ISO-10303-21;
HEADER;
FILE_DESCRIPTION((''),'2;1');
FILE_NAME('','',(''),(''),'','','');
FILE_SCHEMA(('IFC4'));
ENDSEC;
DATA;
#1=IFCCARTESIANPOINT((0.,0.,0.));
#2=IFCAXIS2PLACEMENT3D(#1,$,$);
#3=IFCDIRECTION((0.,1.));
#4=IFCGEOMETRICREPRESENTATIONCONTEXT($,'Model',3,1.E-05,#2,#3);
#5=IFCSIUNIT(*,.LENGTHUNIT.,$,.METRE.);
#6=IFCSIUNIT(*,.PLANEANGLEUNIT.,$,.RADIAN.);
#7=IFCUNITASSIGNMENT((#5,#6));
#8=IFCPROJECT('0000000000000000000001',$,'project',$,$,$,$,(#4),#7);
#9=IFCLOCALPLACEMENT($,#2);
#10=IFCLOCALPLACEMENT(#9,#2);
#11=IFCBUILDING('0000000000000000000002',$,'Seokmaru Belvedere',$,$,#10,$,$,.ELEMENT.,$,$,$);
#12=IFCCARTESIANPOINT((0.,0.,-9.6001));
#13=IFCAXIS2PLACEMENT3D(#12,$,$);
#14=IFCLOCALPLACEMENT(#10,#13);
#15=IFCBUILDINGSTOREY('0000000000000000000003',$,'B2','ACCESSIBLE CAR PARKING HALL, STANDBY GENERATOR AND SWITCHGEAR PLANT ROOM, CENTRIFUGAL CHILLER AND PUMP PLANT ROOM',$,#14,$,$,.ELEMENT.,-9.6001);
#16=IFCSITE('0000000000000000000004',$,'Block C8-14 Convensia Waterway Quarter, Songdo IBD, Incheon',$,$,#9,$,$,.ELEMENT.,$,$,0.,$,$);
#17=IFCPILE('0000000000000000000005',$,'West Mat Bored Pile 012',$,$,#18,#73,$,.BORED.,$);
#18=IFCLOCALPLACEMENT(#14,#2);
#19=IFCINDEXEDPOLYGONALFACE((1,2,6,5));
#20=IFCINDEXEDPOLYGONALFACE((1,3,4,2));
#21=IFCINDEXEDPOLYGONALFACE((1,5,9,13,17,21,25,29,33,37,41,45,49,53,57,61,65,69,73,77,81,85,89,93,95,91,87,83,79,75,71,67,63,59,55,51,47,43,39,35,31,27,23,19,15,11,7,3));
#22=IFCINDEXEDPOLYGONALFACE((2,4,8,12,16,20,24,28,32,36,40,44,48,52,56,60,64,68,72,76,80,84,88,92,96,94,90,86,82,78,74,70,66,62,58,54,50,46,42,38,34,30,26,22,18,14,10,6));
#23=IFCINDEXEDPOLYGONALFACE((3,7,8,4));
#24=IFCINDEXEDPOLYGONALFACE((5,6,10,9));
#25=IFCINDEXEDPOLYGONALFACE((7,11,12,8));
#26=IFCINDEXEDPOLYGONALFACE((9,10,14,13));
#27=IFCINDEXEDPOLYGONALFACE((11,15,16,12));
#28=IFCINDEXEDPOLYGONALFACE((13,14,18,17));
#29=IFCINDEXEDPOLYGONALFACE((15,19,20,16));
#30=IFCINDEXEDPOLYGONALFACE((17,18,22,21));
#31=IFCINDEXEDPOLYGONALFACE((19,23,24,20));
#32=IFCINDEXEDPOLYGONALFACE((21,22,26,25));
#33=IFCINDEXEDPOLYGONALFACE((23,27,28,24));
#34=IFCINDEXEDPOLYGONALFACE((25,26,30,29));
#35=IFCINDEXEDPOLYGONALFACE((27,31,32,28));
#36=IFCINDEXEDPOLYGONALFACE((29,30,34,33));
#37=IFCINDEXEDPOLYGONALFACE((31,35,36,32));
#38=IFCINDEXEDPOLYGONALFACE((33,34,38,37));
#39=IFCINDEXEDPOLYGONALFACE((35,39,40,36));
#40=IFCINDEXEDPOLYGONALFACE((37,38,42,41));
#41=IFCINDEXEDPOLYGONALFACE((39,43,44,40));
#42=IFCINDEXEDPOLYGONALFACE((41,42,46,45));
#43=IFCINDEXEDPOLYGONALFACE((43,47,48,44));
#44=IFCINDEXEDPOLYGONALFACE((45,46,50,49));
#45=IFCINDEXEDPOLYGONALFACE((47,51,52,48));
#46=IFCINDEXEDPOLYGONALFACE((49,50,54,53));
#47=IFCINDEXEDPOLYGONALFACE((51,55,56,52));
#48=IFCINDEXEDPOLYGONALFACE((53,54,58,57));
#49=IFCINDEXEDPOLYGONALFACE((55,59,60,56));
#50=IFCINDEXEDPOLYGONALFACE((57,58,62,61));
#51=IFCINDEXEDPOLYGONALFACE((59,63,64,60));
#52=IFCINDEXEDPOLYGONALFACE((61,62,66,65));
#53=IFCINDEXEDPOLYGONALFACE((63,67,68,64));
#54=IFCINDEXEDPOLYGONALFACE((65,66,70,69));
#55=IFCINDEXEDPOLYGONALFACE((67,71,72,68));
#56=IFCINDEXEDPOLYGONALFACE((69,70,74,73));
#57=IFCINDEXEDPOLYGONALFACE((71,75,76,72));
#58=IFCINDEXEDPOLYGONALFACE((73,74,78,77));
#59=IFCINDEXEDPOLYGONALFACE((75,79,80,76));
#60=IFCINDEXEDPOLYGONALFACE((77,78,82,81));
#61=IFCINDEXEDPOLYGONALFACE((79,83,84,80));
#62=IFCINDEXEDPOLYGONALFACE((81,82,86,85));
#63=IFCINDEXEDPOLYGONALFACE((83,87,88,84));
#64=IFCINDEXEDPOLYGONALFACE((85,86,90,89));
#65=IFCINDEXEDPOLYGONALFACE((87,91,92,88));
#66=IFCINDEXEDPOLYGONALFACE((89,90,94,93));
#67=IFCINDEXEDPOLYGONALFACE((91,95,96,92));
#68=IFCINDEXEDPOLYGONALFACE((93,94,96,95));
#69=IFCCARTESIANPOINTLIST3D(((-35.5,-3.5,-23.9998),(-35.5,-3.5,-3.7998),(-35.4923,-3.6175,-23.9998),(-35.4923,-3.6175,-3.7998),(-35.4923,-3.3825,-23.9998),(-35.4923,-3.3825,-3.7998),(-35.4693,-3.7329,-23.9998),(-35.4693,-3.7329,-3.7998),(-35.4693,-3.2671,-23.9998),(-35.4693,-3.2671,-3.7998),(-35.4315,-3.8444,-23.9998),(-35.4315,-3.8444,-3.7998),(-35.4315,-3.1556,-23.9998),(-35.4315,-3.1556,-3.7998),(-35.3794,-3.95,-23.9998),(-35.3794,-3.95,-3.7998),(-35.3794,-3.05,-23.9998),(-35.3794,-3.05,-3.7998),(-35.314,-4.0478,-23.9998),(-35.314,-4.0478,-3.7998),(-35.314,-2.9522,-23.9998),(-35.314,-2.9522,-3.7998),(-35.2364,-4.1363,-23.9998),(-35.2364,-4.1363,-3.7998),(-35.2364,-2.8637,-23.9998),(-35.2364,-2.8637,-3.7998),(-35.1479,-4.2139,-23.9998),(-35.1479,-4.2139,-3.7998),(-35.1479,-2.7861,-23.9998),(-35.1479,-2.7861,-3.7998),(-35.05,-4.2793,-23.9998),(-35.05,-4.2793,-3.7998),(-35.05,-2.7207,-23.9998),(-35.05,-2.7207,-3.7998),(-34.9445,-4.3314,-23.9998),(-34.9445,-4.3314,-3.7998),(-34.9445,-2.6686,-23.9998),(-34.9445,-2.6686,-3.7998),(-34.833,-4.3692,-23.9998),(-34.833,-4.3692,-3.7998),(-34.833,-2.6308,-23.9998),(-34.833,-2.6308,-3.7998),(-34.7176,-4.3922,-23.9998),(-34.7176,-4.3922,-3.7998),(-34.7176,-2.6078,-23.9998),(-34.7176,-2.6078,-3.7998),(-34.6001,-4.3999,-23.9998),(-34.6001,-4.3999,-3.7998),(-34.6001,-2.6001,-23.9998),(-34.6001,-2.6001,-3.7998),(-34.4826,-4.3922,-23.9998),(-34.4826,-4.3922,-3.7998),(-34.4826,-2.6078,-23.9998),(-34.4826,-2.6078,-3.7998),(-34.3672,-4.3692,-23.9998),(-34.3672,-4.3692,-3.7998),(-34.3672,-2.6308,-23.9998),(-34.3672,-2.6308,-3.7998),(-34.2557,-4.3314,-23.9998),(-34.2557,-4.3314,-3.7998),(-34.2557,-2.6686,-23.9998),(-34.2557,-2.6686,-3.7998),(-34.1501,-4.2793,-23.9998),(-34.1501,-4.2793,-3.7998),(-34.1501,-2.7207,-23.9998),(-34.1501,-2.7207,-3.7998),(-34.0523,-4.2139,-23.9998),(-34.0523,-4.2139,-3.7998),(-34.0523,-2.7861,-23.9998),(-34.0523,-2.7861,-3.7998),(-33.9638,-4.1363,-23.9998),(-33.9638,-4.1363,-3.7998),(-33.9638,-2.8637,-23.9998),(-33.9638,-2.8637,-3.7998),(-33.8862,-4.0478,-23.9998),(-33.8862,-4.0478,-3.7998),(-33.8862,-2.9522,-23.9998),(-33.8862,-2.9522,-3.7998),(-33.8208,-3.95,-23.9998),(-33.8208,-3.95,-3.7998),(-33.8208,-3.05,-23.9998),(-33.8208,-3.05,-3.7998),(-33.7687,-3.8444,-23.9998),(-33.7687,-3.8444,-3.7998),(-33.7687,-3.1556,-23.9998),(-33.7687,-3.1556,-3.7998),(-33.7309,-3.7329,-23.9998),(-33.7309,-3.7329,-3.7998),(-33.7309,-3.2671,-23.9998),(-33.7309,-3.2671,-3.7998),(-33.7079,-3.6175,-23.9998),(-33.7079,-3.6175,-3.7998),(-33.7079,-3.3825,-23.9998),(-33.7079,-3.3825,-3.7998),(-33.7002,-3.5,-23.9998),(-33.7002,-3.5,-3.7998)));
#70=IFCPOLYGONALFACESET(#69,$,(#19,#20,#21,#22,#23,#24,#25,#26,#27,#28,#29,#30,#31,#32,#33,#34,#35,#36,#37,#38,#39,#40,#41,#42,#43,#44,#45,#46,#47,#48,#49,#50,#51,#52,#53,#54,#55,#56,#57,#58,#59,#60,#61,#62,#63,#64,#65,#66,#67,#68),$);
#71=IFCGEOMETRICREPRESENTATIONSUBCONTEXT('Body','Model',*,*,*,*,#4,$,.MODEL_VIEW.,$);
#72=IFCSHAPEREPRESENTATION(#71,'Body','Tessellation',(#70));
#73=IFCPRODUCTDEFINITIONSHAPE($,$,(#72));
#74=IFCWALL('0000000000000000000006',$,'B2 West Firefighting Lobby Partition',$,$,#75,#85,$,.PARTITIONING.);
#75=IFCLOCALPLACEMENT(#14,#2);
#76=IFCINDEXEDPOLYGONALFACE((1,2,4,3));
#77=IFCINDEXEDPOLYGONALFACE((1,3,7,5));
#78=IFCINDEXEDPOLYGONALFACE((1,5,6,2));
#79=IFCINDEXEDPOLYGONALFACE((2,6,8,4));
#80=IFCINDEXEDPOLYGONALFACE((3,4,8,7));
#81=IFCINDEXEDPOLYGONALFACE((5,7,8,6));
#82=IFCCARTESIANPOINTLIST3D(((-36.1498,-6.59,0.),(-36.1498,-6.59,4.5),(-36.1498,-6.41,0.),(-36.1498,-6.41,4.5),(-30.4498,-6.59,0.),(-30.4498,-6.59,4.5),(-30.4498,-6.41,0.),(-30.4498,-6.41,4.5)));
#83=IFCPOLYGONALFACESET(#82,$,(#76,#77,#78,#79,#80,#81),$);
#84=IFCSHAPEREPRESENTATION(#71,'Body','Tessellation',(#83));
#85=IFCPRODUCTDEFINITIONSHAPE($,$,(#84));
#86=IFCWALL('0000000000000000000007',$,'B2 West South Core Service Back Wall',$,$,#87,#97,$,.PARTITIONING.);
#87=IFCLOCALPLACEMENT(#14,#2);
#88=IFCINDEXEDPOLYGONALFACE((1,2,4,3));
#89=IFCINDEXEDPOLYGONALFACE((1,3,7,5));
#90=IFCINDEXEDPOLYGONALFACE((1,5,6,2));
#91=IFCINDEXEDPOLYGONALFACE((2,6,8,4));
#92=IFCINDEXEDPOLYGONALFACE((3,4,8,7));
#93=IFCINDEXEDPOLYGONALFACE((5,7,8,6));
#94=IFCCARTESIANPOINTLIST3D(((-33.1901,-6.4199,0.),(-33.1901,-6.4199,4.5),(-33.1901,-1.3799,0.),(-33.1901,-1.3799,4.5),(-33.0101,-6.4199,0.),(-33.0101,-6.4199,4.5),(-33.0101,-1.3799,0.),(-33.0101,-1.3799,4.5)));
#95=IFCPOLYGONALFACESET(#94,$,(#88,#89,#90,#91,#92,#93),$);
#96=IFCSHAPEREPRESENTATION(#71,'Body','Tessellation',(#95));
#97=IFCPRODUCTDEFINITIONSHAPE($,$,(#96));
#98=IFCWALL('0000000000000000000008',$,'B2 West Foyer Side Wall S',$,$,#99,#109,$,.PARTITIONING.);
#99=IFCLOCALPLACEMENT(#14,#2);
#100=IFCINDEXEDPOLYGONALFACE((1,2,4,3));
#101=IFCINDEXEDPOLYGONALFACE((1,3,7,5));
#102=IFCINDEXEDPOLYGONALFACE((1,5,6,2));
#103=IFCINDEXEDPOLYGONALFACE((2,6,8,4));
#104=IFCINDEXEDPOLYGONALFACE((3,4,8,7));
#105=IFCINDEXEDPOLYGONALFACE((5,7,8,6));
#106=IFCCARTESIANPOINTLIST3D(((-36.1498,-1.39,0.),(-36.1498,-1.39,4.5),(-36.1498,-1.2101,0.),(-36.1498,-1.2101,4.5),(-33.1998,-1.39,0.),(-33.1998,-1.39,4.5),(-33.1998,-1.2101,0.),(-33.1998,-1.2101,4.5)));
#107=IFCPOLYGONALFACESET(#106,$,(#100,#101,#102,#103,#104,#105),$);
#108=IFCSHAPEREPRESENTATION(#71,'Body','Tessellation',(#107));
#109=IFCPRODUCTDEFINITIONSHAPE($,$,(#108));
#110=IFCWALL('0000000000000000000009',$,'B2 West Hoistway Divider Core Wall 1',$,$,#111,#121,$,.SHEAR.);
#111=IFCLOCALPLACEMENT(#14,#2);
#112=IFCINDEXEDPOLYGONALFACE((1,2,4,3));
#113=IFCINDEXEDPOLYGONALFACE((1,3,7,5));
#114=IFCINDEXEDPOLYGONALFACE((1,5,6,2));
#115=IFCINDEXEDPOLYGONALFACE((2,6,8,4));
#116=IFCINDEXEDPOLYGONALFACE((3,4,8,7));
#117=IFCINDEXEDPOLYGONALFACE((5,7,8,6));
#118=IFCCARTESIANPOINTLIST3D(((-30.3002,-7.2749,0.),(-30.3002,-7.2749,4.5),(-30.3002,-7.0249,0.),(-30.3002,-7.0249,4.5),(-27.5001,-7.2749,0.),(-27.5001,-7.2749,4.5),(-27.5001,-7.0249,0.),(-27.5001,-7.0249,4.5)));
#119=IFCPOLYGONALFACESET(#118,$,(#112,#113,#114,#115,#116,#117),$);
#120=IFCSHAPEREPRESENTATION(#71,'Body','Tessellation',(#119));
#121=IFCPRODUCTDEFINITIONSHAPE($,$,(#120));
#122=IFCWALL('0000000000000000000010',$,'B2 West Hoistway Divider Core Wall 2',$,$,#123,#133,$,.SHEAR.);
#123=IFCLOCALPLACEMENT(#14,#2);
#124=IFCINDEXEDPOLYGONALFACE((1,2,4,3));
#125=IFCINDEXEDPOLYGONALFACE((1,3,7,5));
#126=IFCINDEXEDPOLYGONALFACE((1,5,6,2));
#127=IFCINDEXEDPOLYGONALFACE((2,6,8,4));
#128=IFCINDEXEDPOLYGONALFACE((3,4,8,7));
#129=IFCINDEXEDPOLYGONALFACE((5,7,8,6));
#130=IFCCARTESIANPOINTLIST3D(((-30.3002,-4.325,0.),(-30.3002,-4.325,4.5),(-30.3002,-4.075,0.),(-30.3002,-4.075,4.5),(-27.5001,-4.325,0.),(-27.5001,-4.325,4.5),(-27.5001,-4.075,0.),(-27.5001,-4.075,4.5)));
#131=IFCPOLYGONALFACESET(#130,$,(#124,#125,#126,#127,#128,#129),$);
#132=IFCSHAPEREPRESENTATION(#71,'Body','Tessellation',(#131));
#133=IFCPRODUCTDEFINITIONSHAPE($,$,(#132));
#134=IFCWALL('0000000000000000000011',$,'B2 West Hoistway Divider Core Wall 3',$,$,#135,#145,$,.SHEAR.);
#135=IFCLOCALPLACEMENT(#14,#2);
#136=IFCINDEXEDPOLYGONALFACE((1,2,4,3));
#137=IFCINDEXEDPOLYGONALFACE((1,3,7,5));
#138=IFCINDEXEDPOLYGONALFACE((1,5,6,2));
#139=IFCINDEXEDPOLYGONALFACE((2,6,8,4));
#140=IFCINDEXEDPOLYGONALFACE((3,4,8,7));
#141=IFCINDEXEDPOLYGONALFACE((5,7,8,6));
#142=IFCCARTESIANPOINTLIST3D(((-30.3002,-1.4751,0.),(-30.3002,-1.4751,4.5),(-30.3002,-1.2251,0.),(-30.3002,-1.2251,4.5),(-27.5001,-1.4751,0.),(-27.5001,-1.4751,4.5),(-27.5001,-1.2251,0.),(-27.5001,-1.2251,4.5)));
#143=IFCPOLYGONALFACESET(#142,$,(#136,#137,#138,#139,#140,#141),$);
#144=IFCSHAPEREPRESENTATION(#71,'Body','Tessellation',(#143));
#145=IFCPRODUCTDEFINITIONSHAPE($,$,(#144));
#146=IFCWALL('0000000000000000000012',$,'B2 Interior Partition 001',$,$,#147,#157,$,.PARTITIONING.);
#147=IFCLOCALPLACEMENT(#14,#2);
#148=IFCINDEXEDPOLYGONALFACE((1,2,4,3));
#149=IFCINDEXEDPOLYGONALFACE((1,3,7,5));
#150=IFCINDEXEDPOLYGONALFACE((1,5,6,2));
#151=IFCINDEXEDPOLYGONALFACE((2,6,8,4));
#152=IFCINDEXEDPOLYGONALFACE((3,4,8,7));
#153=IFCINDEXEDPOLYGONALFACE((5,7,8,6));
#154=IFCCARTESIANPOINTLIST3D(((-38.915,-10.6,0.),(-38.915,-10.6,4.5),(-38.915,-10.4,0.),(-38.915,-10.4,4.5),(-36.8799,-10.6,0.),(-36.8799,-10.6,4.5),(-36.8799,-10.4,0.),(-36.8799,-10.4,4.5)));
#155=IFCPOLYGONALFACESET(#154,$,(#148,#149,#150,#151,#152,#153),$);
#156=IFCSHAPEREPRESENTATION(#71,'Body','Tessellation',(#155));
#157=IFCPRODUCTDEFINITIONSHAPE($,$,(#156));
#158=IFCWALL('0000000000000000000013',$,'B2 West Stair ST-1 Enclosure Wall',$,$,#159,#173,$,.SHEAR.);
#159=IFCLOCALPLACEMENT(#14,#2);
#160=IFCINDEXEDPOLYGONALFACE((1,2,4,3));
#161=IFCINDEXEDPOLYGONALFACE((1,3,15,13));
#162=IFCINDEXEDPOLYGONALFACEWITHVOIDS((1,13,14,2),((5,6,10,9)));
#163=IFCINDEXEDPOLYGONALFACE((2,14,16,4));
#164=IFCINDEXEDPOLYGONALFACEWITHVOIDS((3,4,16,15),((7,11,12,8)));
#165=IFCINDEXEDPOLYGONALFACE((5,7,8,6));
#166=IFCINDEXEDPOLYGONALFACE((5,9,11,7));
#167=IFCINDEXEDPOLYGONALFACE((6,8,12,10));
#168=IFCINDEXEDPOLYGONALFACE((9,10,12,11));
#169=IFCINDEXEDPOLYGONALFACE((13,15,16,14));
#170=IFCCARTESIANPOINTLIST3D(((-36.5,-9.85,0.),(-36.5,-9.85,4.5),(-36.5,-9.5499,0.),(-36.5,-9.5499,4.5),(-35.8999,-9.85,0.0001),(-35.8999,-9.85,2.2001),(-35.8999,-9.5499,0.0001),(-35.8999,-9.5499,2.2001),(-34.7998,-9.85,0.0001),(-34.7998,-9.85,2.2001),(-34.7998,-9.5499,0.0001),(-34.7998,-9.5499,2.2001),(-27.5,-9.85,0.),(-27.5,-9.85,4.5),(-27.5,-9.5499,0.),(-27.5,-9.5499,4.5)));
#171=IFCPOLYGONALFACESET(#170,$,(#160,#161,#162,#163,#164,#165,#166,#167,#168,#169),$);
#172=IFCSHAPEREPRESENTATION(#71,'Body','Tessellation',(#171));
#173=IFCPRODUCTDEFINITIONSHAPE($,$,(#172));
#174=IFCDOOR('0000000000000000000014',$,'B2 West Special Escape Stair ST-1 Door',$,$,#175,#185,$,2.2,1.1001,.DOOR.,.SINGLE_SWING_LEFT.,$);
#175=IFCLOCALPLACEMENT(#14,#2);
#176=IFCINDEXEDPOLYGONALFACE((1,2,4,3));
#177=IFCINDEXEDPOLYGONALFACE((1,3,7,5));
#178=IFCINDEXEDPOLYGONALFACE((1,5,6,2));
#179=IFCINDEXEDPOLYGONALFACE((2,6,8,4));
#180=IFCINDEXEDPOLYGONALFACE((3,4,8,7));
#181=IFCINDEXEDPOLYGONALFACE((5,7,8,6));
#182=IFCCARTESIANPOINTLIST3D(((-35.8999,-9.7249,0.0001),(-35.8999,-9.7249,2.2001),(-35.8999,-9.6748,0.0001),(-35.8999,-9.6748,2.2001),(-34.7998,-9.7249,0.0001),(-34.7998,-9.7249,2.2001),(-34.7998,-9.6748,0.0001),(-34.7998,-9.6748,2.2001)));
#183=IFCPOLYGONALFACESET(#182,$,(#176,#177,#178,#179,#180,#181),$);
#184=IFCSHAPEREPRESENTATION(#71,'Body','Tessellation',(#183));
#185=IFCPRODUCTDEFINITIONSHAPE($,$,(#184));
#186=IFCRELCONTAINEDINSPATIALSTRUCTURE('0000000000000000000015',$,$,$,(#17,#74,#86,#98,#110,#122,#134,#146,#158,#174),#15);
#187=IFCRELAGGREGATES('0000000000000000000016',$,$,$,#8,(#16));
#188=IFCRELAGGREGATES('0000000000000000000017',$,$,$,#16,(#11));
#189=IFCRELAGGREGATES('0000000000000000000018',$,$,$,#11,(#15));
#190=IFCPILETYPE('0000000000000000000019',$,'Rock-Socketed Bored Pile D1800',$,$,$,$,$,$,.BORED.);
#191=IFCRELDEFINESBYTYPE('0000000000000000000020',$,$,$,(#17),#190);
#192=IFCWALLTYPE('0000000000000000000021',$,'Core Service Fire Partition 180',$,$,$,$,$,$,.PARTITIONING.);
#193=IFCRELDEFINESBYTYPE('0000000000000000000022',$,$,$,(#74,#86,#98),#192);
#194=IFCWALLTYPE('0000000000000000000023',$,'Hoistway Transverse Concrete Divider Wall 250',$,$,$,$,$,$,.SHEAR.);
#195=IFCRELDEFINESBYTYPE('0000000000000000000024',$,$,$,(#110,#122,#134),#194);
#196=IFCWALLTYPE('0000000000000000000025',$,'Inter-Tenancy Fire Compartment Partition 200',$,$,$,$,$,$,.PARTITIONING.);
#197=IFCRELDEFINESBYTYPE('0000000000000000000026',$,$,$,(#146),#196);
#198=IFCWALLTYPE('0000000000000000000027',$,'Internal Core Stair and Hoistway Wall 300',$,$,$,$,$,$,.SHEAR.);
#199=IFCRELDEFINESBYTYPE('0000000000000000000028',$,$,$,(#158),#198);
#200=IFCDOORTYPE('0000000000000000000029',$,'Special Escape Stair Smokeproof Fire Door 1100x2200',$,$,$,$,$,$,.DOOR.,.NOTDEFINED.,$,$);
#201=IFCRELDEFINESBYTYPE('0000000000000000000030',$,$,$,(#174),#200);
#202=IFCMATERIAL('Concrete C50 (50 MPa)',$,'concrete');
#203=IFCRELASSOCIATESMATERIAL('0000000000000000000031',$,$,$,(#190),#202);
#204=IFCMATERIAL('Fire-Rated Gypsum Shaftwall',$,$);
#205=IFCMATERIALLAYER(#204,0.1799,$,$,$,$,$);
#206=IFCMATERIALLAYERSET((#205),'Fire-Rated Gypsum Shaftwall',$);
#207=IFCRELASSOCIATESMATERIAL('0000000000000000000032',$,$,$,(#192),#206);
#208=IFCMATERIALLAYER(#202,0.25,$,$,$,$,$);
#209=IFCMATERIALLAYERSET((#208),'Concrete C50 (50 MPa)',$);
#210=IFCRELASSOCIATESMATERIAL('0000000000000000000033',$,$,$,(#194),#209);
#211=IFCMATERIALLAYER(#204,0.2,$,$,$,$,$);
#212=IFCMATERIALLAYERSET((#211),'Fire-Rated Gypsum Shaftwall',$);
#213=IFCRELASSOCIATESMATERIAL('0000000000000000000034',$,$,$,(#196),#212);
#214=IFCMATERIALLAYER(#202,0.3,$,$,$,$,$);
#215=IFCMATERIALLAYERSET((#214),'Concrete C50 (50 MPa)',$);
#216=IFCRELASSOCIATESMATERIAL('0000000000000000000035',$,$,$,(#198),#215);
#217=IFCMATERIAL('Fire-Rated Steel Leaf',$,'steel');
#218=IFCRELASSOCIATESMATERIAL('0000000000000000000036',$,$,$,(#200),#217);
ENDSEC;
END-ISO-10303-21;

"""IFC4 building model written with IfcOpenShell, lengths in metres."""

from ifc_helpers import new_model, si_unit, direction, frame, frame_2d, origin, origin_2d, place, context, subcontext, project, spatial, rectangle, circle, extrude, source, transform, mapped, material, layer, layer_set, material_profile, profile_set, type_object, type_shapes, element, fill, save


model = new_model("IFC4")

# Units and contexts
model_context = context("Model", 3, precision=1e-05, world=origin(), true_north=direction((0.0, 1.0)))
body_context = subcontext(model_context, "Body", "Model", "MODEL_VIEW")
ifc_project = project(units=[si_unit("LENGTHUNIT", "METRE"), si_unit("PLANEANGLEUNIT", "RADIAN")], contexts=[model_context])

# Site, building, storey
site_placement = place(None, origin())
site = spatial("IfcSite", under=ifc_project, at=site_placement, Name="Block C8-14 Convensia Waterway Quarter, Songdo IBD, Incheon", CompositionType="ELEMENT", RefElevation=0.0)
building_placement = place(site_placement, origin())
building = spatial("IfcBuilding", under=site, at=building_placement, Name="Seokmaru Belvedere", CompositionType="ELEMENT")
storey_placement = place(building_placement, frame((0.0, 0.0, -9.6001)))
storey = spatial("IfcBuildingStorey", under=building, at=storey_placement, Name="B2", Description="ACCESSIBLE CAR PARKING HALL, STANDBY GENERATOR AND SWITCHGEAR PLANT ROOM, CENTRIFUGAL CHILLER AND PUMP PLANT ROOM", CompositionType="ELEMENT", Elevation=-9.6001)

# Pile
ifc_material_1 = material(Name="Concrete C50 (50 MPa)", Category="concrete")
ifc_material_profile_1 = material_profile(ifc_material_1, circle(Radius=0.8999, at=origin_2d()), Name="PILE-D1800")
ifc_profile_set_1 = profile_set([ifc_material_profile_1], Name="Concrete C50 (50 MPa)")
pile_type_1 = type_object("IfcPileType", Name="Rock-Socketed Bored Pile D1800", PredefinedType="BORED", material=ifc_profile_set_1)
shared_shape_1 = source(origin(), body_context, "Body", "SweptSolid", [
    extrude(circle(Radius=0.8999, at=origin_2d()), origin(), (0.0, 0.0, 1.0), 20.2),
])
type_shapes(pile_type_1, [shared_shape_1])
for number, where, z_axis, x_axis, name in (
    (1, (-34.6001, -3.5, -3.7998), (0.0, 0.0, -1.0), (1.0, 0.0, 0.0), "West Mat Bored Pile 012"),
):
    element("IfcPile", number, at=place(storey_placement, frame(where, z_axis=z_axis, x_axis=x_axis)), inside=storey, type_object=pile_type_1, Name=name, PredefinedType="BORED", context=body_context, shape_type="MappedRepresentation", body=[
        mapped(shared_shape_1, transform((0.0, 0.0, 0.0), scale=1.0)),
    ])

# Walls
ifc_material_2 = material(Name="Fire-Rated Gypsum Shaftwall")
ifc_layer_1 = layer(ifc_material_2, 0.1799)
ifc_layer_set_1 = layer_set([ifc_layer_1], Name="Fire-Rated Gypsum Shaftwall")
wall_type_1 = type_object("IfcWallType", Name="Core Service Fire Partition 180", PredefinedType="PARTITIONING", material=ifc_layer_set_1)
wall_1_placement = place(storey_placement, frame((-36.1499, -6.5, 0.0), z_axis=(0.0, 0.0, 1.0), x_axis=(1.0, 0.0, 0.0)))
element("IfcWall", 2, at=wall_1_placement, inside=storey, type_object=wall_type_1, Name="B2 West Firefighting Lobby Partition", PredefinedType="PARTITIONING", context=body_context, shape_type="SweptSolid", body=[
    extrude(rectangle(XDim=5.7, YDim=0.1799, at=frame_2d((2.8501, 0.0))), origin(), (0.0, 0.0, 1.0), 4.5),
])
wall_2_placement = place(storey_placement, frame((-33.1001, -6.4199, 0.0), z_axis=(0.0, 0.0, 1.0), x_axis=(0.0, 1.0, 0.0)))
element("IfcWall", 3, at=wall_2_placement, inside=storey, type_object=wall_type_1, Name="B2 West South Core Service Back Wall", PredefinedType="PARTITIONING", context=body_context, shape_type="SweptSolid", body=[
    extrude(rectangle(XDim=5.04, YDim=0.1799, at=frame_2d((2.52, 0.0))), origin(), (0.0, 0.0, 1.0), 4.5),
])
wall_3_placement = place(storey_placement, frame((-36.1499, -1.3, 0.0), z_axis=(0.0, 0.0, 1.0), x_axis=(1.0, 0.0, 0.0)))
element("IfcWall", 4, at=wall_3_placement, inside=storey, type_object=wall_type_1, Name="B2 West Foyer Side Wall S", PredefinedType="PARTITIONING", context=body_context, shape_type="SweptSolid", body=[
    extrude(rectangle(XDim=2.95, YDim=0.1799, at=frame_2d((1.4751, 0.0))), origin(), (0.0, 0.0, 1.0), 4.5),
])
ifc_layer_2 = layer(ifc_material_1, 0.25)
ifc_layer_set_2 = layer_set([ifc_layer_2], Name="Concrete C50 (50 MPa)")
wall_type_2 = type_object("IfcWallType", Name="Hoistway Transverse Concrete Divider Wall 250", PredefinedType="SHEAR", material=ifc_layer_set_2)
for number, where, z_axis, x_axis, name in (
    (5, (-30.3, -7.1499, 0.0), (0.0, 0.0, 1.0), (1.0, 0.0, 0.0), "B2 West Hoistway Divider Core Wall 1"),
    (6, (-30.3, -4.2, 0.0), (0.0, 0.0, 1.0), (1.0, 0.0, 0.0), "B2 West Hoistway Divider Core Wall 2"),
    (7, (-30.3, -1.3501, 0.0), (0.0, 0.0, 1.0), (1.0, 0.0, 0.0), "B2 West Hoistway Divider Core Wall 3"),
):
    element("IfcWall", number, at=place(storey_placement, frame(where, z_axis=z_axis, x_axis=x_axis)), inside=storey, type_object=wall_type_2, Name=name, PredefinedType="SHEAR", context=body_context, shape_type="SweptSolid", body=[
        extrude(rectangle(XDim=2.8, YDim=0.25, at=frame_2d((1.3999, 0.0))), origin(), (0.0, 0.0, 1.0), 4.5),
    ])
ifc_layer_3 = layer(ifc_material_2, 0.2)
ifc_layer_set_3 = layer_set([ifc_layer_3], Name="Fire-Rated Gypsum Shaftwall")
wall_type_3 = type_object("IfcWallType", Name="Inter-Tenancy Fire Compartment Partition 200", PredefinedType="PARTITIONING", material=ifc_layer_set_3)
wall_4_placement = place(storey_placement, frame((-38.915, -10.5, 0.0), z_axis=(0.0, 0.0, 1.0), x_axis=(1.0, 0.0, 0.0)))
element("IfcWall", 8, at=wall_4_placement, inside=storey, type_object=wall_type_3, Name="B2 Interior Partition 001", PredefinedType="PARTITIONING", context=body_context, shape_type="SweptSolid", body=[
    extrude(rectangle(XDim=2.0352, YDim=0.2, at=frame_2d((1.0176, 0.0))), origin(), (0.0, 0.0, 1.0), 4.5),
])

# Wall, opening, door
ifc_layer_4 = layer(ifc_material_1, 0.3)
ifc_layer_set_4 = layer_set([ifc_layer_4], Name="Concrete C50 (50 MPa)")
wall_type_4 = type_object("IfcWallType", Name="Internal Core Stair and Hoistway Wall 300", PredefinedType="SHEAR", material=ifc_layer_set_4)
wall_5_placement = place(storey_placement, frame((-36.5, -9.7, 0.0), z_axis=(0.0, 0.0, 1.0), x_axis=(1.0, 0.0, 0.0)))
wall_5 = element("IfcWall", 9, at=wall_5_placement, inside=storey, type_object=wall_type_4, Name="B2 West Stair ST-1 Enclosure Wall", PredefinedType="SHEAR", context=body_context, shape_type="SweptSolid", body=[
    extrude(rectangle(XDim=9.0, YDim=0.3, at=frame_2d((4.5, 0.0))), origin(), (0.0, 0.0, 1.0), 4.5),
])
opening_1_placement = place(wall_5_placement, frame((0.6001, 0.0, 0.0)))
opening_1 = element("IfcOpeningElement", 10, at=opening_1_placement, cuts=wall_5, PredefinedType="OPENING", context=body_context, shape_type="SweptSolid", body=[
    extrude(rectangle(XDim=1.1001, YDim=2.2, at=frame_2d((0.55, 1.1001))), frame((0.0, 0.1602, 0.0), z_axis=(0.0, -1.0, 0.0), x_axis=(1.0, 0.0, 0.0)), (0.0, 0.0, 1.0), 0.3201),
])
ifc_material_3 = material(Name="Fire-Rated Steel Leaf", Category="steel")
door_type_1 = type_object("IfcDoorType", Name="Special Escape Stair Smokeproof Fire Door 1100x2200", OperationType="NOTDEFINED", PredefinedType="DOOR", material=ifc_material_3)
shared_shape_2 = source(origin(), body_context, "Body", "SweptSolid", [
    extrude(rectangle(XDim=1.1001, YDim=2.2, at=frame_2d((0.55, 1.1001))), frame((0.0, 0.0249, 0.0), z_axis=(0.0, -1.0, 0.0), x_axis=(1.0, 0.0, 0.0)), (0.0, 0.0, 1.0), 0.05),
])
type_shapes(door_type_1, [shared_shape_2])
door_1_placement = place(opening_1_placement, frame((1.1001, 0.0, 0.0), z_axis=(0.0, 0.0, 1.0), x_axis=(-1.0, 0.0, 0.0)))
door_1 = element("IfcDoor", 11, at=door_1_placement, inside=storey, type_object=door_type_1, Name="B2 West Special Escape Stair ST-1 Door", OperationType="SINGLE_SWING_LEFT", OverallHeight=2.2, OverallWidth=1.1001, PredefinedType="DOOR", context=body_context, shape_type="MappedRepresentation", body=[
    mapped(shared_shape_2, transform((0.0, 0.0, 0.0), scale=1.0)),
])
fill(opening_1, door_1)

save(model, "model.ifc")
